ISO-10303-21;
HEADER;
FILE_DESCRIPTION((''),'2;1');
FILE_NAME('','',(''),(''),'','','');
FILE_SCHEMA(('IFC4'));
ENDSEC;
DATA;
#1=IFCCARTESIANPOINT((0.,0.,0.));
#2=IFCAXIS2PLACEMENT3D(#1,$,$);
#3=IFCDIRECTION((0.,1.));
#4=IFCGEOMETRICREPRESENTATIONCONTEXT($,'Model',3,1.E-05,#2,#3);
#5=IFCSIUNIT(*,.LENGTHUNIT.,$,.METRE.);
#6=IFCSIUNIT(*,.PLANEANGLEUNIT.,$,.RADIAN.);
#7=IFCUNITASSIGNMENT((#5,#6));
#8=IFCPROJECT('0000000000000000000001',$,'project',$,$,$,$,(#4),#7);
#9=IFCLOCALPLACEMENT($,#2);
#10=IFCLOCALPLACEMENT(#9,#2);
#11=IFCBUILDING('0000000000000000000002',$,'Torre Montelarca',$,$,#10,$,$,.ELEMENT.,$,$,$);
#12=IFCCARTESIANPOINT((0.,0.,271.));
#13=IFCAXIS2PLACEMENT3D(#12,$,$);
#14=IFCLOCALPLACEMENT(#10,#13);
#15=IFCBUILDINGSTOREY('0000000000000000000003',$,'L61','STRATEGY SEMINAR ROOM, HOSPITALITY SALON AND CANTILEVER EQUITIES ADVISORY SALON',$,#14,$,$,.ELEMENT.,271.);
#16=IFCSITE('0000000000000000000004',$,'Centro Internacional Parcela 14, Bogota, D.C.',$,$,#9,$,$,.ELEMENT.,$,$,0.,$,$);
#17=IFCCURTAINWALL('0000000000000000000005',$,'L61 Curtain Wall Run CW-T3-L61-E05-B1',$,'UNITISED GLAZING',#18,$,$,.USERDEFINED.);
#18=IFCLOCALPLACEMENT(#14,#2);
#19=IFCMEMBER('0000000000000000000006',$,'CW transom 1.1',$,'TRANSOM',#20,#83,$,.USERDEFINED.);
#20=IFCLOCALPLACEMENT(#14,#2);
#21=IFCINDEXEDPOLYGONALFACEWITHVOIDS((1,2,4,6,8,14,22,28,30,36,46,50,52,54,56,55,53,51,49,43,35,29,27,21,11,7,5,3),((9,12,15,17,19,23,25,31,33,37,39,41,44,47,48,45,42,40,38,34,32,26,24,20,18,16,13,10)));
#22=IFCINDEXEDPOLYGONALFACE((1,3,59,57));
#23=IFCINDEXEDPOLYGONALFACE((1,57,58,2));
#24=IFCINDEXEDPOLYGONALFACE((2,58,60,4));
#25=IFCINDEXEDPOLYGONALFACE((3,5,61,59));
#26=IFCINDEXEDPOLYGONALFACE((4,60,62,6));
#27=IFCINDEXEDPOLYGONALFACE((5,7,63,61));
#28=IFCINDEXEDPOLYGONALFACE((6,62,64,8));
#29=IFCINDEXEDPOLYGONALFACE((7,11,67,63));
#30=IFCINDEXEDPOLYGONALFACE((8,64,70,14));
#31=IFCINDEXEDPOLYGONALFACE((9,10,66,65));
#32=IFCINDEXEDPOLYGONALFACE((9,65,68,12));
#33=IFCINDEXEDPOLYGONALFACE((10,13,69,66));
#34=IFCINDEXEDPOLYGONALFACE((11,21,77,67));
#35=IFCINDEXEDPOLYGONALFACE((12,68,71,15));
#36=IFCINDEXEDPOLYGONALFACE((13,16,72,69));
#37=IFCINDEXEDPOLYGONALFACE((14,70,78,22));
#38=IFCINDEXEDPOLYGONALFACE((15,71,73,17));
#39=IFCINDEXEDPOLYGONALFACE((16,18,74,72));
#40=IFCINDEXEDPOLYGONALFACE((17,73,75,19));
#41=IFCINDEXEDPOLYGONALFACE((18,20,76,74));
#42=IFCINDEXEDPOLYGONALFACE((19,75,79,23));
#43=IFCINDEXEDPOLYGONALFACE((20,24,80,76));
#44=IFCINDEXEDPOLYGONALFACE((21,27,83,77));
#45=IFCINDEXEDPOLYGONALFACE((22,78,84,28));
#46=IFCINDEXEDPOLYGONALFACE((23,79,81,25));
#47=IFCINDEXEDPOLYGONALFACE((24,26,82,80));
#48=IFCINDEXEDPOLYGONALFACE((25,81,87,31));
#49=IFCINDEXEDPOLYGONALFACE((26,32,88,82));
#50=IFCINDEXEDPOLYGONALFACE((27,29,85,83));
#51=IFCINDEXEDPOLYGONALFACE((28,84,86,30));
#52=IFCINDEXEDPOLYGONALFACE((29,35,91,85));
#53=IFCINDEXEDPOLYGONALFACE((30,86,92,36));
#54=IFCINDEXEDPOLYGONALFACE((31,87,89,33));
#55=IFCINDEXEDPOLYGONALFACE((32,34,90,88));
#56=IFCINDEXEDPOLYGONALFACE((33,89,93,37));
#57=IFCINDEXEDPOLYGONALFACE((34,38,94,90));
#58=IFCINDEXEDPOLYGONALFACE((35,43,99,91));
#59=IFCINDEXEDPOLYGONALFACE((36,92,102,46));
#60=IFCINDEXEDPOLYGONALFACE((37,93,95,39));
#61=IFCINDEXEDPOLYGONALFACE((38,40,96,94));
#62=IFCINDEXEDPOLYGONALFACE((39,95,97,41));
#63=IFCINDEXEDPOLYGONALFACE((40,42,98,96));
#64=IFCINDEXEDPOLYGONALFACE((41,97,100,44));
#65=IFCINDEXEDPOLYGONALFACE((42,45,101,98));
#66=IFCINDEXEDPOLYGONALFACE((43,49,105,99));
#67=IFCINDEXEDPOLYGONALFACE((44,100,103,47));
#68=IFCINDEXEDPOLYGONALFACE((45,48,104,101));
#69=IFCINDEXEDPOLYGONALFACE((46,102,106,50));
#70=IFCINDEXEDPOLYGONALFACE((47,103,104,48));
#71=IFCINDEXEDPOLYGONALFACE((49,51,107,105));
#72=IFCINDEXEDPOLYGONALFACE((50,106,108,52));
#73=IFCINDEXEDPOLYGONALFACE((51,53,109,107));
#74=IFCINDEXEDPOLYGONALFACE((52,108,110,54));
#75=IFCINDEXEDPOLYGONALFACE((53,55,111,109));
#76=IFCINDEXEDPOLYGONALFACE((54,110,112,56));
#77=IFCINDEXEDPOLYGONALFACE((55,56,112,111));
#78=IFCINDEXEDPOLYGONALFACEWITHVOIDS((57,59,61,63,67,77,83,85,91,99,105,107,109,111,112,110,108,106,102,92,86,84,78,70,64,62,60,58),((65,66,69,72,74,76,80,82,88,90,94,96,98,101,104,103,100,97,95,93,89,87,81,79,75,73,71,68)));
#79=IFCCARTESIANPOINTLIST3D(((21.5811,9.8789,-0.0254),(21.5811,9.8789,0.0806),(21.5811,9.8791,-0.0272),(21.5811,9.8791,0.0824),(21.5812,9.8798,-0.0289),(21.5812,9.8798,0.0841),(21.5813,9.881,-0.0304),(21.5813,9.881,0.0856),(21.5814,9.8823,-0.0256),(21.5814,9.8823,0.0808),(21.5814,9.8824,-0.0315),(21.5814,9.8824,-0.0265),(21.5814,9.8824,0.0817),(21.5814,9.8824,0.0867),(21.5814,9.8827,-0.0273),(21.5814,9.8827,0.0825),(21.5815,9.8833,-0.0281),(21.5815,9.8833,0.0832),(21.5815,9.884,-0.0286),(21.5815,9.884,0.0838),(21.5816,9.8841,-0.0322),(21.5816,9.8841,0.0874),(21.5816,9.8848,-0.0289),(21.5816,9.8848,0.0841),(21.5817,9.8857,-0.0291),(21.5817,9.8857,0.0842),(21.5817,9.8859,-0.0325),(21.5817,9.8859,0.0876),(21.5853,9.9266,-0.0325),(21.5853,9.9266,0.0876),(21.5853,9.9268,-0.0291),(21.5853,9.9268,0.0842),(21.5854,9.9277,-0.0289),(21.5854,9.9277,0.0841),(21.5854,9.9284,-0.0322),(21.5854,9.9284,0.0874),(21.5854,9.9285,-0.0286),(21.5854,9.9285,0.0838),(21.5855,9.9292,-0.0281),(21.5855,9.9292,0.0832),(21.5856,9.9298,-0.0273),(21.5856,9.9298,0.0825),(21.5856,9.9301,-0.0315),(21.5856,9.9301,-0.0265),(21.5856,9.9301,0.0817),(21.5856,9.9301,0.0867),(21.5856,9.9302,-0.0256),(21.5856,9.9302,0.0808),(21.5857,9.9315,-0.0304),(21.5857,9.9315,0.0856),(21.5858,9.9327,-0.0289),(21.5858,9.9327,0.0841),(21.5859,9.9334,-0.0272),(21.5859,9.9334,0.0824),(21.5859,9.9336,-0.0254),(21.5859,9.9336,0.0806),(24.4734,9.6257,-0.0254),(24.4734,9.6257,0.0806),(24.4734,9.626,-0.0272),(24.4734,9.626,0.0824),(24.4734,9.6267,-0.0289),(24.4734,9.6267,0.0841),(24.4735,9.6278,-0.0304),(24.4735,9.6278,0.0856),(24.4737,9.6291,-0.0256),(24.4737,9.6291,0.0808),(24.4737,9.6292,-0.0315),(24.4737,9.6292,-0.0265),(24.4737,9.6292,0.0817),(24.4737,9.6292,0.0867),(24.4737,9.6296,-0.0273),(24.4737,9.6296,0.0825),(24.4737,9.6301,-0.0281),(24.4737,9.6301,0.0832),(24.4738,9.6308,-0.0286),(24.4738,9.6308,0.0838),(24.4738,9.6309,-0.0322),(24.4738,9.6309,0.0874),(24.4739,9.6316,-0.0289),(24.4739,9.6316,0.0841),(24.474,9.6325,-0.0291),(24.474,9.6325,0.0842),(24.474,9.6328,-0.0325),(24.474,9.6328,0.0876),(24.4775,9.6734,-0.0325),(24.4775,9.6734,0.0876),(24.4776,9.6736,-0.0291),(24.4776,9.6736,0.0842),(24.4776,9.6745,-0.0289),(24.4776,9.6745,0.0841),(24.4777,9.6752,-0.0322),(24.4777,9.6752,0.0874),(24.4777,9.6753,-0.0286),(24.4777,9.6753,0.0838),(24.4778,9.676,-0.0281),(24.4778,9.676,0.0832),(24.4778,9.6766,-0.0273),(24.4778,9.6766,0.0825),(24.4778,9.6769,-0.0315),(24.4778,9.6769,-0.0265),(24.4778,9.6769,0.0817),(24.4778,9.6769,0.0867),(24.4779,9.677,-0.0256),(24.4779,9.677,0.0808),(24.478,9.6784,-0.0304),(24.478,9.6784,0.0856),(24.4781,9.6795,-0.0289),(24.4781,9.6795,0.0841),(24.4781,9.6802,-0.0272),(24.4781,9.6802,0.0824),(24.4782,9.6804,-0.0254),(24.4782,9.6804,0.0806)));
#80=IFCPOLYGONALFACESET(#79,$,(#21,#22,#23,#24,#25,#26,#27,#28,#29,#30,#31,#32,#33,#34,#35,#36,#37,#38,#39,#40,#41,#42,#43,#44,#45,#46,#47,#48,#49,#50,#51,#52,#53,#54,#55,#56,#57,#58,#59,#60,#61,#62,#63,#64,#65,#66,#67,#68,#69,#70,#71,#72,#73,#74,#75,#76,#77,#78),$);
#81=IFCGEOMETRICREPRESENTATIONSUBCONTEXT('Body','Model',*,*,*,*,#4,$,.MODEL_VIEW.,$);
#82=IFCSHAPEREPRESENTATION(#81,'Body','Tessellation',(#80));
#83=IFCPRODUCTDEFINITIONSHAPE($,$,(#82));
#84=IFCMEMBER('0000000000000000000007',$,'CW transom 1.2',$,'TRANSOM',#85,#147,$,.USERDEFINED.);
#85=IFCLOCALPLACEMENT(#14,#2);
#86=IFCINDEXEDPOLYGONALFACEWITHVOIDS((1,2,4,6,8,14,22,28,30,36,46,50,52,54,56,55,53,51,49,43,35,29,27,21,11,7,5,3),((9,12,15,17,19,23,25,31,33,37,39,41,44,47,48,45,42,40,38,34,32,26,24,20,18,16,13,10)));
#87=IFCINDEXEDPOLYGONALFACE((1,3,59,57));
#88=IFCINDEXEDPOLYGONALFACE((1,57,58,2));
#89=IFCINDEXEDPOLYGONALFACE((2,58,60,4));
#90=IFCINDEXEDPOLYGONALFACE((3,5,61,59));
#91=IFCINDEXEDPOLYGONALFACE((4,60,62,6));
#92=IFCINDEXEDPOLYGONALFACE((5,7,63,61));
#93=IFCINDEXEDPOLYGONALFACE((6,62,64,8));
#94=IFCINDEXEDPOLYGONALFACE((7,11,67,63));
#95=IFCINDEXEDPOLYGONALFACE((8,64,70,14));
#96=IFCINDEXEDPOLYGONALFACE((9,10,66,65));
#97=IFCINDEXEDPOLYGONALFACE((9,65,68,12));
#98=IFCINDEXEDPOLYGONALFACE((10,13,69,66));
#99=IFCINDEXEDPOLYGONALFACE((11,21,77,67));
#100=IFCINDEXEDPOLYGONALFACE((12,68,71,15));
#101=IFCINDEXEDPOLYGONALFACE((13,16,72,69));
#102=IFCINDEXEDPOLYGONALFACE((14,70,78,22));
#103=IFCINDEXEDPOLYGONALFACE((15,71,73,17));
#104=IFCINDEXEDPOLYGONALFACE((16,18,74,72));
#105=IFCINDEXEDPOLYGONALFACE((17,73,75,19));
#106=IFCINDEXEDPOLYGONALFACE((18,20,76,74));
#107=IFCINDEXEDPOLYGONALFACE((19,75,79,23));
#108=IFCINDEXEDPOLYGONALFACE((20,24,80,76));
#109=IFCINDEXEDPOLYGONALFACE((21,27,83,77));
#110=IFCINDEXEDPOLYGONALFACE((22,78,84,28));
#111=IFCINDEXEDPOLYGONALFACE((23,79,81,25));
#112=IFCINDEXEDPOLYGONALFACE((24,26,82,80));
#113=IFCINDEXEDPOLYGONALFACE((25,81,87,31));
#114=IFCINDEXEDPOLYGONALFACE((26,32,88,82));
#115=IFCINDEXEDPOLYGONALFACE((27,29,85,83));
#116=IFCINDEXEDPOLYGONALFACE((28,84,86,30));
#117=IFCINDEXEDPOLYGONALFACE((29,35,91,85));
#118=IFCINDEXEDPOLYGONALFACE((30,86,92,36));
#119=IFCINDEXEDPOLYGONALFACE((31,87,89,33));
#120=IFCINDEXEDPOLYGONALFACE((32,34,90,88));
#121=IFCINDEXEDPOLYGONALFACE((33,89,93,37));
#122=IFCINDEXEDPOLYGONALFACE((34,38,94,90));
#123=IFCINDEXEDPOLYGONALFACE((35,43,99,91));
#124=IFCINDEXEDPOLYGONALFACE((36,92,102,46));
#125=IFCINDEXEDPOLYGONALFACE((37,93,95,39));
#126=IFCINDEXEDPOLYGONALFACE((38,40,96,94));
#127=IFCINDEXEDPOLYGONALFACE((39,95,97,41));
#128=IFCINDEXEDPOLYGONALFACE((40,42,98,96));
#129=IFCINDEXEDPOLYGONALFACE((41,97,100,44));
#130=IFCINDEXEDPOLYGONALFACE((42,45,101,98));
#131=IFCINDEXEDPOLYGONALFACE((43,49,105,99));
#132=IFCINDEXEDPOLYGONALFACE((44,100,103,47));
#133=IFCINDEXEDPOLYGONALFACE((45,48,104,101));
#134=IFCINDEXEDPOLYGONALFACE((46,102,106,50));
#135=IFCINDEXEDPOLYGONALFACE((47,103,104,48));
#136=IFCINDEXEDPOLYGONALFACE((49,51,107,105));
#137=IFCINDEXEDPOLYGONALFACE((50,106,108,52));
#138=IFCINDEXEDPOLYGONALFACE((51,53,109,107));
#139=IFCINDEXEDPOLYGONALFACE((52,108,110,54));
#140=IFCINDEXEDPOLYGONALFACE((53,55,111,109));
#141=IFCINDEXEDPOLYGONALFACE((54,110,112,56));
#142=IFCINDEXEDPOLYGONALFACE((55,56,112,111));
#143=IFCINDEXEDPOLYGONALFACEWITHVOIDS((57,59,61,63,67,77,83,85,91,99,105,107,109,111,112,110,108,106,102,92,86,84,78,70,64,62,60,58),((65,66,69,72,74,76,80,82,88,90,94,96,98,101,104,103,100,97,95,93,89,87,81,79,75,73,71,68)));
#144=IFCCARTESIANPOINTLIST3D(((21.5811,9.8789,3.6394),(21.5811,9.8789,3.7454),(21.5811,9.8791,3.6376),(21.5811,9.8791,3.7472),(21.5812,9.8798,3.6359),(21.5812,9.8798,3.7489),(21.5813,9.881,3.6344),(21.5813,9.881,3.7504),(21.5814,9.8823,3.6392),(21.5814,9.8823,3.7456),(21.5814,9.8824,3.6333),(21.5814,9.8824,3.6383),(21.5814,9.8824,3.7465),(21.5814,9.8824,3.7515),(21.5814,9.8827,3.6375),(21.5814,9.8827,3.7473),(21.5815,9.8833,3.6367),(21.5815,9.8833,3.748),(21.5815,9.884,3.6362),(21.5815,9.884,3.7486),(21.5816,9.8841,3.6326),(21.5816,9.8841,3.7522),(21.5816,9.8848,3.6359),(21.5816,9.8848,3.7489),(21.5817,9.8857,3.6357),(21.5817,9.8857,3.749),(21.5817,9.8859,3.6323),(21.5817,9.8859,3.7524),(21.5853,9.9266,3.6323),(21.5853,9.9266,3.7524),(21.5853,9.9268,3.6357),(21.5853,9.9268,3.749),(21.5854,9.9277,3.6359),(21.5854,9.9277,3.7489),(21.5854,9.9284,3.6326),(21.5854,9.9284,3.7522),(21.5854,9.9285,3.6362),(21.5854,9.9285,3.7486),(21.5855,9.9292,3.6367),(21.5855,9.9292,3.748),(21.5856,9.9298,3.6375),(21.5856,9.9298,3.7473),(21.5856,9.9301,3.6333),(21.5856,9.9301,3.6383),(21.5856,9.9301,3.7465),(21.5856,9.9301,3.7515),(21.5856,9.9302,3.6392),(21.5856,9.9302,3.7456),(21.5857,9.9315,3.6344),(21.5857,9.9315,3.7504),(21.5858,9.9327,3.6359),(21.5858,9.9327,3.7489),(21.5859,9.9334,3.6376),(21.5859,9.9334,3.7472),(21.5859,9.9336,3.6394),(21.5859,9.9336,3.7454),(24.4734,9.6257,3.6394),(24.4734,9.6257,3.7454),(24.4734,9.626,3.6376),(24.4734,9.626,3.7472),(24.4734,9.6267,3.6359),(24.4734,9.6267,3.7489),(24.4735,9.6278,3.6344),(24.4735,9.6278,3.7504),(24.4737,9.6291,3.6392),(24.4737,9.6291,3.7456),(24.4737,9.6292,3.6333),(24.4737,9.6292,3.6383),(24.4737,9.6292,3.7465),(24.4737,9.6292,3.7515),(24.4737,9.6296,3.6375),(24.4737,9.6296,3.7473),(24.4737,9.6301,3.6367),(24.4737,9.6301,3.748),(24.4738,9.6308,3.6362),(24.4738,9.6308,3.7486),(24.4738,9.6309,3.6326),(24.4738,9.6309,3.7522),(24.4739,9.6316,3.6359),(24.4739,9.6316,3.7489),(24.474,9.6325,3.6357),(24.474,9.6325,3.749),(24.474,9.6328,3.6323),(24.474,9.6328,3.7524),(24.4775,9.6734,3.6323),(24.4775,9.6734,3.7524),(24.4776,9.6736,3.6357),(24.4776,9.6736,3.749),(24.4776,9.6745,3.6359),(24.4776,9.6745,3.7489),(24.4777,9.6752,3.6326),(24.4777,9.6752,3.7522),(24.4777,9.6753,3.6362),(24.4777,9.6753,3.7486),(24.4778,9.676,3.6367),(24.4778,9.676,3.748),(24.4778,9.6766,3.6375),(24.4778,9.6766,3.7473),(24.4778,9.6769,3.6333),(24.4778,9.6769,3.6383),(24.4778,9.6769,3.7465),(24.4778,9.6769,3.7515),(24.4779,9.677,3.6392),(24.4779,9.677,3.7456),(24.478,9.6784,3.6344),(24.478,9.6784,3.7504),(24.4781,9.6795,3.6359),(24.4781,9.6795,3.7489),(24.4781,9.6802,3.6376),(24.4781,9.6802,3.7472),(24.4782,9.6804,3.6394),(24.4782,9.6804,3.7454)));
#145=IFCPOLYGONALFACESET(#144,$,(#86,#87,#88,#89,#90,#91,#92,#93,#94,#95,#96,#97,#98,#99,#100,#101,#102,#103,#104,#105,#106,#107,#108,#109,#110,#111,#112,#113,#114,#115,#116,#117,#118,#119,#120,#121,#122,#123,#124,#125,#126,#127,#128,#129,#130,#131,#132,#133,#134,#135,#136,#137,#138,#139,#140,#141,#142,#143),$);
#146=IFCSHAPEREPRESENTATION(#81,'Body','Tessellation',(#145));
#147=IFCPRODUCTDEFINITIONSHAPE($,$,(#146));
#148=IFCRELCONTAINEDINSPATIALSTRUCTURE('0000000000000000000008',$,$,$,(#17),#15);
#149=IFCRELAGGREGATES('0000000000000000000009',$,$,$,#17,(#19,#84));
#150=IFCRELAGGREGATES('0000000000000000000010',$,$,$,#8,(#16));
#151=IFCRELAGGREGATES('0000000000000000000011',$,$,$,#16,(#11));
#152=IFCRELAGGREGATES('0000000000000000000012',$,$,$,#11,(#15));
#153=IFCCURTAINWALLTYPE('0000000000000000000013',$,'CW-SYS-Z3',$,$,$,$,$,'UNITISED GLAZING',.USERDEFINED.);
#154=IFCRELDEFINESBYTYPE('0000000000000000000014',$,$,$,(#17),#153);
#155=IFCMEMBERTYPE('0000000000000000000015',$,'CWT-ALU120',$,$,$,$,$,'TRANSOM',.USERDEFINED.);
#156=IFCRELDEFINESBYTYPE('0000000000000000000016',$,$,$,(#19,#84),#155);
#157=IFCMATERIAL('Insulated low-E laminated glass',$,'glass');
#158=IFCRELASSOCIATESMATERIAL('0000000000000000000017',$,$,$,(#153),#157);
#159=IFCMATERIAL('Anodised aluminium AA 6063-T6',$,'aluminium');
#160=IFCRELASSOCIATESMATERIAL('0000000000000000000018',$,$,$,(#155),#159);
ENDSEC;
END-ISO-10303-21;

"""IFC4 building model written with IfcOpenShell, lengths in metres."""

from ifc_helpers import new_model, si_unit, direction, frame, origin, origin_2d, place, context, subcontext, project, spatial, hollow_rectangle, extrude, source, transform, mapped, material, material_profile, profile_set, type_object, element, aggregate, save


model = new_model("IFC4")

# Units and contexts
model_context = context("Model", 3, precision=1e-05, world=origin(), true_north=direction((0.0, 1.0)))
body_context = subcontext(model_context, "Body", "Model", "MODEL_VIEW")
ifc_project = project(units=[si_unit("LENGTHUNIT", "METRE"), si_unit("PLANEANGLEUNIT", "RADIAN")], contexts=[model_context])

# Site, building, storey
site_placement = place(None, origin())
site = spatial("IfcSite", under=ifc_project, at=site_placement, Name="Centro Internacional Parcela 14, Bogota, D.C.", CompositionType="ELEMENT", RefElevation=0.0)
building_placement = place(site_placement, origin())
building = spatial("IfcBuilding", under=site, at=building_placement, Name="Torre Montelarca", CompositionType="ELEMENT")
storey_placement = place(building_placement, frame((0.0, 0.0, 271.0)))
storey = spatial("IfcBuildingStorey", under=building, at=storey_placement, Name="L61", Description="STRATEGY SEMINAR ROOM, HOSPITALITY SALON AND CANTILEVER EQUITIES ADVISORY SALON", CompositionType="ELEMENT", Elevation=271.0)

# Curtain wall, members
ifc_material_1 = material(Name="Insulated low-E laminated glass", Category="glass")
curtain_wall_type = type_object("IfcCurtainWallType", Name="CW-SYS-Z3", ElementType="UNITISED GLAZING", PredefinedType="USERDEFINED", material=ifc_material_1)
curtain_wall_placement = place(storey_placement, origin())
curtain_wall = element("IfcCurtainWall", 1, at=curtain_wall_placement, inside=storey, type_object=curtain_wall_type, Name="L61 Curtain Wall Run CW-T3-L61-E05-B1", ObjectType="UNITISED GLAZING", PredefinedType="USERDEFINED")
ifc_material_2 = material(Name="Anodised aluminium AA 6063-T6", Category="aluminium")
ifc_material_profile_1 = material_profile(ifc_material_2, hollow_rectangle(XDim=0.0549, YDim=0.1201, WallThickness=0.0034, InnerFilletRadius=0.0034, OuterFilletRadius=0.0071, at=origin_2d()), Name="ALU55X120X3.5", Category="aluminium")
ifc_profile_set_1 = profile_set([ifc_material_profile_1], Name="Anodised aluminium AA 6063-T6")
member_type_1 = type_object("IfcMemberType", Name="CWT-ALU120", ElementType="TRANSOM", PredefinedType="USERDEFINED", material=ifc_profile_set_1)
shared_shape_1 = source(origin(), body_context, "Body", "SweptSolid", [
    extrude(hollow_rectangle(XDim=0.0549, YDim=0.1201, WallThickness=0.0034, InnerFilletRadius=0.0034, OuterFilletRadius=0.0071, at=origin_2d()), origin(), (0.0, 0.0, 1.0), 2.9033),
])
member_1_placement = place(storey_placement, frame((21.5835, 9.9062, 0.0276), z_axis=(0.996191, -0.087199, 0.0), x_axis=(0.087199, 0.996191, 0.0)))
member_1 = element("IfcMember", 2, at=member_1_placement, type_object=member_type_1, Name="CW transom 1.1", ObjectType="TRANSOM", PredefinedType="USERDEFINED", context=body_context, shape_type="MappedRepresentation", body=[
    mapped(shared_shape_1, transform((0.0, 0.0, 0.0), scale=1.0)),
])
member_2_placement = place(storey_placement, frame((21.5835, 9.9062, 3.6924), z_axis=(0.996191, -0.087199, 0.0), x_axis=(0.087199, 0.996191, 0.0)))
member_2 = element("IfcMember", 3, at=member_2_placement, type_object=member_type_1, Name="CW transom 1.2", ObjectType="TRANSOM", PredefinedType="USERDEFINED", context=body_context, shape_type="MappedRepresentation", body=[
    mapped(shared_shape_1, transform((0.0, 0.0, 0.0), scale=1.0)),
])
aggregate(curtain_wall, [member_1, member_2])

save(model, "model.ifc")
